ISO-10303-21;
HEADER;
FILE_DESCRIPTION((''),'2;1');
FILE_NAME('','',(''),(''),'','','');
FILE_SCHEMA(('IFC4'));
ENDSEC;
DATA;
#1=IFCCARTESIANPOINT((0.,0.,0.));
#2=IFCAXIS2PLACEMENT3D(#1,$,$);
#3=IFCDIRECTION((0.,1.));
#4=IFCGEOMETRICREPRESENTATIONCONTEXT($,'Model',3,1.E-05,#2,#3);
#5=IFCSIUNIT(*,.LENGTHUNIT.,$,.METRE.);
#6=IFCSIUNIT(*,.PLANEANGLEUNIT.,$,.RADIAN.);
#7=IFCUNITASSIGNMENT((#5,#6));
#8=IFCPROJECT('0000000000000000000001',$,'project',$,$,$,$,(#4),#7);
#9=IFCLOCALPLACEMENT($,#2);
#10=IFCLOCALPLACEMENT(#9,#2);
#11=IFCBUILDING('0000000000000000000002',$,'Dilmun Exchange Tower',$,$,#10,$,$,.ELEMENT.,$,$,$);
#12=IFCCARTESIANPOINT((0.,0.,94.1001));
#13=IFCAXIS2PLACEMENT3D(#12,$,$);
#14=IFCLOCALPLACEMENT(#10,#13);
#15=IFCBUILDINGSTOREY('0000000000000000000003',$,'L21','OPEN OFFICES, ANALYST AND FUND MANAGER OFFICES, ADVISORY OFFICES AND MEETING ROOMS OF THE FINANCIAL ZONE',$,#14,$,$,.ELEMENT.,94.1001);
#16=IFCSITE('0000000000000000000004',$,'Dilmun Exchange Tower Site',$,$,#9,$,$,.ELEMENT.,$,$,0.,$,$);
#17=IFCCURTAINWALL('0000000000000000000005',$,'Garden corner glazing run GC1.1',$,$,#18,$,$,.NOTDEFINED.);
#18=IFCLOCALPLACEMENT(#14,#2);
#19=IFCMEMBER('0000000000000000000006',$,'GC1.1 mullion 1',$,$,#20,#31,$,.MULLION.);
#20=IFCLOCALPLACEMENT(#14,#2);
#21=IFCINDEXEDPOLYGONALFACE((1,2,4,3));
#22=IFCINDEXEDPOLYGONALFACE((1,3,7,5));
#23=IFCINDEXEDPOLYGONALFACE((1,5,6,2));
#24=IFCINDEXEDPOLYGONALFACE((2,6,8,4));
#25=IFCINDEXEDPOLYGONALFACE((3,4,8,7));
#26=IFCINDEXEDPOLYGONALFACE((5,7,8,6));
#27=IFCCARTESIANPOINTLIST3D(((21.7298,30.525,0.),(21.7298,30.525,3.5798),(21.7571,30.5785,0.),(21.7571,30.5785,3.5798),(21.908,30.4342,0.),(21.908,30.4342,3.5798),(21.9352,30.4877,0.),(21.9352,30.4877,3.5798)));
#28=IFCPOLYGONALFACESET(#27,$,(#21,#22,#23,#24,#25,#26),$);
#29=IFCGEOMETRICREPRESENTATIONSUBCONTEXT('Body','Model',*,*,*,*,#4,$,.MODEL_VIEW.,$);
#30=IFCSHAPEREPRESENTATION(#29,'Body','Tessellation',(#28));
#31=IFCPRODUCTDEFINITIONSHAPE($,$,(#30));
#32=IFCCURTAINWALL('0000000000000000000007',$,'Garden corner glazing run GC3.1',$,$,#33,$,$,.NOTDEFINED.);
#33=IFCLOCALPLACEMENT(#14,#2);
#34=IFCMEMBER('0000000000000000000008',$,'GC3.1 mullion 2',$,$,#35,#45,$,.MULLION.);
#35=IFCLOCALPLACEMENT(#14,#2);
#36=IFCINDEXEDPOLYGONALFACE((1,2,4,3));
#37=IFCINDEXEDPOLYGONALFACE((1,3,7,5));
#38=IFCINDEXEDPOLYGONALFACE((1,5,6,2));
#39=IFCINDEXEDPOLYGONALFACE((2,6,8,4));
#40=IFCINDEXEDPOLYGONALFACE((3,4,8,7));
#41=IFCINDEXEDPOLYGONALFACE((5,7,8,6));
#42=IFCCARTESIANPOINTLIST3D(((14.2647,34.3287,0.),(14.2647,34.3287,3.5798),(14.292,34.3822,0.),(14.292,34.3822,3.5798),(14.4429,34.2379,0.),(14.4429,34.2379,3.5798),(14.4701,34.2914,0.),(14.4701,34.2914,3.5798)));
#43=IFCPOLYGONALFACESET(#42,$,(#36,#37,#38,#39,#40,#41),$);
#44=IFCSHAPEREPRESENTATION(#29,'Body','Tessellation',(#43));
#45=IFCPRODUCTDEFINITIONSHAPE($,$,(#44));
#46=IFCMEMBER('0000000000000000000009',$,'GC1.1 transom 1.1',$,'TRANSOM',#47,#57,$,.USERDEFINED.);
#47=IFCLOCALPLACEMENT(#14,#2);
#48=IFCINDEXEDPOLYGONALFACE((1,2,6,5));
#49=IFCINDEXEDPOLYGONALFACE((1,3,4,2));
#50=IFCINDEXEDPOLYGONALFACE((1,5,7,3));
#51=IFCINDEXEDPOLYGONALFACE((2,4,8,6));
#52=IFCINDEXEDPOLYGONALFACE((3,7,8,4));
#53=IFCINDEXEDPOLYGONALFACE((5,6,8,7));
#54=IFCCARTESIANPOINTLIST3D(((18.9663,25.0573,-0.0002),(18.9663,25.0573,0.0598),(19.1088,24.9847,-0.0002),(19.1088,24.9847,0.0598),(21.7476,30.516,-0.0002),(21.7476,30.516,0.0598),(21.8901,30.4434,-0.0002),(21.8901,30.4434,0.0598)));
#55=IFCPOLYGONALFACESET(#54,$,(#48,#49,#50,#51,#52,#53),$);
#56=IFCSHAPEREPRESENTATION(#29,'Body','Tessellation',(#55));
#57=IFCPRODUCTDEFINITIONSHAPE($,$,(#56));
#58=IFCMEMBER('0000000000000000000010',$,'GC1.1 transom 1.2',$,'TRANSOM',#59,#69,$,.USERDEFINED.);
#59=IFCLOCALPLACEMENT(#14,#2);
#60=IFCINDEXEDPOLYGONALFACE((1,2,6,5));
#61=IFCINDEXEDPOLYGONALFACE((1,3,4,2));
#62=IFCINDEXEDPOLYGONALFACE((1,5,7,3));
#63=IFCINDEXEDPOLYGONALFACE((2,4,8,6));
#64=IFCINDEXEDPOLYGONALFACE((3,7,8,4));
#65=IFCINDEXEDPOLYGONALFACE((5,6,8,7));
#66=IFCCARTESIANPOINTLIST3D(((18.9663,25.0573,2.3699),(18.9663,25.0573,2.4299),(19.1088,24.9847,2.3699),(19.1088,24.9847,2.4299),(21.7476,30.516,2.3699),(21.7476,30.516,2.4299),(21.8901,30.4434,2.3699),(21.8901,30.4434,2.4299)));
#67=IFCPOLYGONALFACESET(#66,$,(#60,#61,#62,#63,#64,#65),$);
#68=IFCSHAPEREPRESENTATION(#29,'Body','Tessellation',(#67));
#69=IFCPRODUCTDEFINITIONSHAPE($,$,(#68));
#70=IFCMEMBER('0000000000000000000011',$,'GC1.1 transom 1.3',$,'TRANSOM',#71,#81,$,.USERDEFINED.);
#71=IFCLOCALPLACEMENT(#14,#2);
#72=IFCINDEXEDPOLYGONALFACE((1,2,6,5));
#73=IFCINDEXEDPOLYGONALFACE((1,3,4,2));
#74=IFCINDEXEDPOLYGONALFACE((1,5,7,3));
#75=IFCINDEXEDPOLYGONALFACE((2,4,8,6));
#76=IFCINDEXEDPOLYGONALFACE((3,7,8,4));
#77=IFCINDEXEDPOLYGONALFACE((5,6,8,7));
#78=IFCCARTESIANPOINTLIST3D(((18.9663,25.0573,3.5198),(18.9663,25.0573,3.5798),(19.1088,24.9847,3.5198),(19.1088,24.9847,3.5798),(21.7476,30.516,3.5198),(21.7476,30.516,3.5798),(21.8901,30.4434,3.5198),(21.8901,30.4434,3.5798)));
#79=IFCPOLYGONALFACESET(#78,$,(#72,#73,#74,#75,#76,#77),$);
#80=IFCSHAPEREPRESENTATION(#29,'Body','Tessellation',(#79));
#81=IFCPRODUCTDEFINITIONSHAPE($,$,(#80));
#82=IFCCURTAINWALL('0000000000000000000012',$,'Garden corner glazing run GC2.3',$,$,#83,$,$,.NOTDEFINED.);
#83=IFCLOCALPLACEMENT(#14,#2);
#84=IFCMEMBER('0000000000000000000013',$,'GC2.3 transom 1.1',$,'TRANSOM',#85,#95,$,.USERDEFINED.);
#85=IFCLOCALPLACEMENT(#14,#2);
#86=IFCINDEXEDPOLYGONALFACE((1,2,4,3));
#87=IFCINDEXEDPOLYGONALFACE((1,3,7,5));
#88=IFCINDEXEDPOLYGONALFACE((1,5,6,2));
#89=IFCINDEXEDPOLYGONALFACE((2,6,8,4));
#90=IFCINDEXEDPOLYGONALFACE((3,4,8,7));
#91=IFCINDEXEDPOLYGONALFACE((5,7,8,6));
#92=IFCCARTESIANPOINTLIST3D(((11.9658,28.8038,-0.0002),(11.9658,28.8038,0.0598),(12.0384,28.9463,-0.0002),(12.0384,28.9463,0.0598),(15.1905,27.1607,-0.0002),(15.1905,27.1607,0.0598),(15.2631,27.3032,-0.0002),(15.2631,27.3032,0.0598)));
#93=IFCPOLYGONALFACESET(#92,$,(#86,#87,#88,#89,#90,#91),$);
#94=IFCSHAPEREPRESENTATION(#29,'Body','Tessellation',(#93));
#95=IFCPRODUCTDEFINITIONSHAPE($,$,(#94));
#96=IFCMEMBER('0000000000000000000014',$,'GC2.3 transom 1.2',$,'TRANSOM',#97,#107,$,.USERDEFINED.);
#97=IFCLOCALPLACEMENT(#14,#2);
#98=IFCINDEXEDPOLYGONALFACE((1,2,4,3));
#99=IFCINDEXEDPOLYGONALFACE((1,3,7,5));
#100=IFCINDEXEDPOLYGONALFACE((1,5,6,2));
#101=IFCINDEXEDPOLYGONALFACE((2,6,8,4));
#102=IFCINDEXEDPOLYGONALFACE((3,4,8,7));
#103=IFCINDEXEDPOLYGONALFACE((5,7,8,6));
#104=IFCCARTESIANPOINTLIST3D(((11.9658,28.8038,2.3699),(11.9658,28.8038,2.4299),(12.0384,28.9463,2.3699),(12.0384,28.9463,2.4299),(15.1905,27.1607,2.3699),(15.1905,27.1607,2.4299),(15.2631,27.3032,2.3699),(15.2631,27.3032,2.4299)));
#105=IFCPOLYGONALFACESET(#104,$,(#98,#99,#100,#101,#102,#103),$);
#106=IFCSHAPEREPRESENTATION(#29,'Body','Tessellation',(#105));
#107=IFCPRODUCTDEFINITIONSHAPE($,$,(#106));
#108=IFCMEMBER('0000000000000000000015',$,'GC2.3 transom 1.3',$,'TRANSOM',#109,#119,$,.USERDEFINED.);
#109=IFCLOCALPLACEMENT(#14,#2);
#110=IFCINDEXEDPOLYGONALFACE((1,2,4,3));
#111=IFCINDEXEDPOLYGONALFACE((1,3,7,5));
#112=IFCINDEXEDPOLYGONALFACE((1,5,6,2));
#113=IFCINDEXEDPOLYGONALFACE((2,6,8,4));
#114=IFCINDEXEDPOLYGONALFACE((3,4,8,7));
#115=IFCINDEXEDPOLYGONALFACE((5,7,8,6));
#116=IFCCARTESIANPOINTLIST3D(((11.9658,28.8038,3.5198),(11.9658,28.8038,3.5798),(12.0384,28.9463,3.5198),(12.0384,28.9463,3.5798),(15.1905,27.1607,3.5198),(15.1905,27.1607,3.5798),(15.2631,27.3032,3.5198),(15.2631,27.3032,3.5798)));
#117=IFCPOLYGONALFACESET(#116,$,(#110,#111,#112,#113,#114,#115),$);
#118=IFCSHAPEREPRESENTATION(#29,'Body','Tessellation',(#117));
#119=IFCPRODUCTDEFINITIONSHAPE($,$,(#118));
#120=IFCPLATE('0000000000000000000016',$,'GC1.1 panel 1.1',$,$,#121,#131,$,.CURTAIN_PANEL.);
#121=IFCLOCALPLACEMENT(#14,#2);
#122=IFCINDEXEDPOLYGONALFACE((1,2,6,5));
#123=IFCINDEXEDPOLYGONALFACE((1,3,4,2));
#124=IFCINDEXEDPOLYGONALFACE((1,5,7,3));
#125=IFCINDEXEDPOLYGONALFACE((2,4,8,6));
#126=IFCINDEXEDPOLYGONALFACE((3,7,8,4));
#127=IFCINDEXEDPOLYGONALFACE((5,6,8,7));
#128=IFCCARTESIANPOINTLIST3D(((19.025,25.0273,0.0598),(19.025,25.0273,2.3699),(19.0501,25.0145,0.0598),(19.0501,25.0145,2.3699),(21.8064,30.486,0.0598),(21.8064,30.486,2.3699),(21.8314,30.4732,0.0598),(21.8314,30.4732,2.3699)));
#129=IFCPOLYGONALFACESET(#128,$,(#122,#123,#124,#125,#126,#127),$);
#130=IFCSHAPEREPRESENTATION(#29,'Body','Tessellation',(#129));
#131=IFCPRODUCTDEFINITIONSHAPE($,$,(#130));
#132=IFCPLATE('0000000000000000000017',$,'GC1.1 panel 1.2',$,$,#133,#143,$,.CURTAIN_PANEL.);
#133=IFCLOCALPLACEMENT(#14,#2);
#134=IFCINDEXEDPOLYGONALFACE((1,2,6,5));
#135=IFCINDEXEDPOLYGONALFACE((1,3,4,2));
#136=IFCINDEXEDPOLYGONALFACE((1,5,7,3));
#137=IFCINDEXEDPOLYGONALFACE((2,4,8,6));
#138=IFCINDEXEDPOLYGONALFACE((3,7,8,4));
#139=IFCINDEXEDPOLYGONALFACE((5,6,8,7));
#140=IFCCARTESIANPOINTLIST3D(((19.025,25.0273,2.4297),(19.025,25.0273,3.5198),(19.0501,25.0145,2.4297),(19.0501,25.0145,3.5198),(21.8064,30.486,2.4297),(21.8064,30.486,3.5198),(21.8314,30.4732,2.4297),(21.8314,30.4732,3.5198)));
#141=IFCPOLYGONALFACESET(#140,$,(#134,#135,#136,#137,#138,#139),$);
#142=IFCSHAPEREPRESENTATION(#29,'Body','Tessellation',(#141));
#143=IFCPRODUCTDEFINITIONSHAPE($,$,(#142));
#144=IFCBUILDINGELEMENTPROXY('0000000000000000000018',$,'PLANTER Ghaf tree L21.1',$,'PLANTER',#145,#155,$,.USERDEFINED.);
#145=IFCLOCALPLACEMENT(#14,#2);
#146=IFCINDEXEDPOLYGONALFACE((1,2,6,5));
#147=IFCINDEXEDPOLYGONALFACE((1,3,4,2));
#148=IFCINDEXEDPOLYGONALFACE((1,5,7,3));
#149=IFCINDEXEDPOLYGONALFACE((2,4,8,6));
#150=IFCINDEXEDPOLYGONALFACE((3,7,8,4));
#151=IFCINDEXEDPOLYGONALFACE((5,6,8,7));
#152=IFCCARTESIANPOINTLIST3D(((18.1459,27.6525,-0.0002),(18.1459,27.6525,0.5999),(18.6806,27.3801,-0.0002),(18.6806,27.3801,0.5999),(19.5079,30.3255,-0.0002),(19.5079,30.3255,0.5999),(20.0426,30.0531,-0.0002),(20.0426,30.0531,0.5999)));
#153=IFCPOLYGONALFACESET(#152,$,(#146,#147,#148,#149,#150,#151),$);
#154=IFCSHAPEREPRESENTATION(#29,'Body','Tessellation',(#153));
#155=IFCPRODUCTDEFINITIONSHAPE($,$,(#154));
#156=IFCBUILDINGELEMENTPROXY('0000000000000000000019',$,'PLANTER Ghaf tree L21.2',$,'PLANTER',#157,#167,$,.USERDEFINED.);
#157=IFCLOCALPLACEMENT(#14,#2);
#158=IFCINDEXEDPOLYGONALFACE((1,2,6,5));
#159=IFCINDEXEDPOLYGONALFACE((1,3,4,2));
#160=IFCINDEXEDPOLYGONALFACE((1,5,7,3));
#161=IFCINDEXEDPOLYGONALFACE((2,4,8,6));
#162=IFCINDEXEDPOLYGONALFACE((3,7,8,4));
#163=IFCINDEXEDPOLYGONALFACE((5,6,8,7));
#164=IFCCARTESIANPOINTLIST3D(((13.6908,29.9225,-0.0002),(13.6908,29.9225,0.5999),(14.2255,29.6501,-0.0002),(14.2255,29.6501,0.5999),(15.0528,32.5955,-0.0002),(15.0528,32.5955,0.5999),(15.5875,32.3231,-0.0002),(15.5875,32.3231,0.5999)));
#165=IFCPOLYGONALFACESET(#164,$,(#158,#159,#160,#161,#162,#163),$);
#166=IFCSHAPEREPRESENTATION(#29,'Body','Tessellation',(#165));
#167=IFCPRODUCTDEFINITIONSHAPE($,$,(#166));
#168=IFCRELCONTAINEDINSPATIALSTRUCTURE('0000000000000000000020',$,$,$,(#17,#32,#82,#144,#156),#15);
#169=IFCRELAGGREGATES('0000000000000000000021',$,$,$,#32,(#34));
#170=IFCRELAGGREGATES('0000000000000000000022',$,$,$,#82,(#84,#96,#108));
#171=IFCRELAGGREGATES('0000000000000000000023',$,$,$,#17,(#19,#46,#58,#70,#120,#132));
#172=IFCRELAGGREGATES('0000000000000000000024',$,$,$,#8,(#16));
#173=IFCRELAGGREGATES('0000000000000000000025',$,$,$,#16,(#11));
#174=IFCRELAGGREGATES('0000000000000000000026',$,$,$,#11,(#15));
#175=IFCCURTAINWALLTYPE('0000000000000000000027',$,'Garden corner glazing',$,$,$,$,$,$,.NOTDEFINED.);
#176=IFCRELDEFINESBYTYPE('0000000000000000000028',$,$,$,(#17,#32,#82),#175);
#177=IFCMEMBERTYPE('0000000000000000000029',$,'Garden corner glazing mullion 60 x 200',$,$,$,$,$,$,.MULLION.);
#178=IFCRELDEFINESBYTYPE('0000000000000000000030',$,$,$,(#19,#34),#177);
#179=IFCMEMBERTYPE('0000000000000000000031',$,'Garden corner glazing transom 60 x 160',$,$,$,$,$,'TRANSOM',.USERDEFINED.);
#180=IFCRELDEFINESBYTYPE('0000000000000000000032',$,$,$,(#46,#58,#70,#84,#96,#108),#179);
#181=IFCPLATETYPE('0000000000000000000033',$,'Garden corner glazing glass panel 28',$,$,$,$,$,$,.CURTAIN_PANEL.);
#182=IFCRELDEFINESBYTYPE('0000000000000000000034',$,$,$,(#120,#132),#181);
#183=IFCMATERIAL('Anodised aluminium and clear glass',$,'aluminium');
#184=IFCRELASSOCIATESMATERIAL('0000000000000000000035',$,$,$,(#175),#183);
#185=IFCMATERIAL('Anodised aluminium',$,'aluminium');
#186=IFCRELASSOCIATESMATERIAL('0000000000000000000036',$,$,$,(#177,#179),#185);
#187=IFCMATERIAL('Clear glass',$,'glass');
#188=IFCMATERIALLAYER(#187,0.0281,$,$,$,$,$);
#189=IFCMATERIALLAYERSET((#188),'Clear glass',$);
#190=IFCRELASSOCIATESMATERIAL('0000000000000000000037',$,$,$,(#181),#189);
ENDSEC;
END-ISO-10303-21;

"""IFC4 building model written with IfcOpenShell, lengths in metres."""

from ifc_helpers import new_model, si_unit, direction, frame, origin, origin_2d, place, context, subcontext, project, spatial, rectangle, extrude, material, layer, layer_set, material_profile, profile_set, type_object, element, aggregate, save


model = new_model("IFC4")

# Units and contexts
model_context = context("Model", 3, precision=1e-05, world=origin(), true_north=direction((0.0, 1.0)))
body_context = subcontext(model_context, "Body", "Model", "MODEL_VIEW")
ifc_project = project(units=[si_unit("LENGTHUNIT", "METRE"), si_unit("PLANEANGLEUNIT", "RADIAN")], contexts=[model_context])

# Site, building, storey
site_placement = place(None, origin())
site = spatial("IfcSite", under=ifc_project, at=site_placement, Name="Dilmun Exchange Tower Site", CompositionType="ELEMENT", RefElevation=0.0)
building_placement = place(site_placement, origin())
building = spatial("IfcBuilding", under=site, at=building_placement, Name="Dilmun Exchange Tower", CompositionType="ELEMENT")
storey_placement = place(building_placement, frame((0.0, 0.0, 94.1001)))
storey = spatial("IfcBuildingStorey", under=building, at=storey_placement, Name="L21", Description="OPEN OFFICES, ANALYST AND FUND MANAGER OFFICES, ADVISORY OFFICES AND MEETING ROOMS OF THE FINANCIAL ZONE", CompositionType="ELEMENT", Elevation=94.1001)

# Curtain walls, members
ifc_material_1 = material(Name="Anodised aluminium and clear glass", Category="aluminium")
curtain_wall_type = type_object("IfcCurtainWallType", Name="Garden corner glazing", PredefinedType="NOTDEFINED", material=ifc_material_1)
curtain_wall_1_placement = place(storey_placement, origin())
curtain_wall_1 = element("IfcCurtainWall", 1, at=curtain_wall_1_placement, inside=storey, type_object=curtain_wall_type, Name="Garden corner glazing run GC1.1", PredefinedType="NOTDEFINED")
ifc_material_2 = material(Name="Anodised aluminium", Category="aluminium")
ifc_material_profile_1 = material_profile(ifc_material_2, rectangle(XDim=0.2, YDim=0.0601, at=origin_2d()), Name="AL 60x200")
ifc_profile_set_1 = profile_set([ifc_material_profile_1], Name="Anodised aluminium")
member_type_1 = type_object("IfcMemberType", Name="Garden corner glazing mullion 60 x 200", PredefinedType="MULLION", material=ifc_profile_set_1)
member_1_placement = place(storey_placement, frame((21.8325, 30.5063, 0.0), z_axis=(0.0, 0.0, 1.0), x_axis=(0.891007, -0.453989, 0.0)))
member_1 = element("IfcMember", 2, at=member_1_placement, type_object=member_type_1, Name="GC1.1 mullion 1", PredefinedType="MULLION", context=body_context, shape_type="SweptSolid", body=[
    extrude(rectangle(XDim=0.2, YDim=0.0601, at=origin_2d()), origin(), (0.0, 0.0, 1.0), 3.5798),
])
curtain_wall_2_placement = place(storey_placement, origin())
curtain_wall_2 = element("IfcCurtainWall", 3, at=curtain_wall_2_placement, inside=storey, type_object=curtain_wall_type, Name="Garden corner glazing run GC3.1", PredefinedType="NOTDEFINED")
member_2_placement = place(storey_placement, frame((14.3674, 34.3101, 0.0), z_axis=(0.0, 0.0, 1.0), x_axis=(-0.891007, 0.453989, 0.0)))
member_2 = element("IfcMember", 4, at=member_2_placement, type_object=member_type_1, Name="GC3.1 mullion 2", PredefinedType="MULLION", context=body_context, shape_type="SweptSolid", body=[
    extrude(rectangle(XDim=0.2, YDim=0.0601, at=origin_2d()), origin(), (0.0, 0.0, 1.0), 3.5798),
])
aggregate(curtain_wall_2, [member_2])

# Members
ifc_material_profile_2 = material_profile(ifc_material_2, rectangle(XDim=0.1599, YDim=0.0601, at=origin_2d()), Name="AL 60x160")
ifc_profile_set_2 = profile_set([ifc_material_profile_2], Name="Anodised aluminium")
member_type_2 = type_object("IfcMemberType", Name="Garden corner glazing transom 60 x 160", ElementType="TRANSOM", PredefinedType="USERDEFINED", material=ifc_profile_set_2)
member_3_placement = place(storey_placement, frame((21.8188, 30.4797, 0.0298), z_axis=(-0.453975, -0.891014, 0.0), x_axis=(0.891014, -0.453975, 0.0)))
member_3 = element("IfcMember", 5, at=member_3_placement, type_object=member_type_2, Name="GC1.1 transom 1.1", ObjectType="TRANSOM", PredefinedType="USERDEFINED", context=body_context, shape_type="SweptSolid", body=[
    extrude(rectangle(XDim=0.1599, YDim=0.0601, at=origin_2d()), origin(), (0.0, 0.0, 1.0), 6.1265),
])
member_4_placement = place(storey_placement, frame((21.8188, 30.4797, 2.3999), z_axis=(-0.453975, -0.891014, 0.0), x_axis=(0.891014, -0.453975, 0.0)))
member_4 = element("IfcMember", 6, at=member_4_placement, type_object=member_type_2, Name="GC1.1 transom 1.2", ObjectType="TRANSOM", PredefinedType="USERDEFINED", context=body_context, shape_type="SweptSolid", body=[
    extrude(rectangle(XDim=0.1599, YDim=0.0601, at=origin_2d()), origin(), (0.0, 0.0, 1.0), 6.1265),
])
member_5_placement = place(storey_placement, frame((21.8188, 30.4797, 3.5498), z_axis=(-0.453975, -0.891014, 0.0), x_axis=(0.891014, -0.453975, 0.0)))
member_5 = element("IfcMember", 7, at=member_5_placement, type_object=member_type_2, Name="GC1.1 transom 1.3", ObjectType="TRANSOM", PredefinedType="USERDEFINED", context=body_context, shape_type="SweptSolid", body=[
    extrude(rectangle(XDim=0.1599, YDim=0.0601, at=origin_2d()), origin(), (0.0, 0.0, 1.0), 6.1265),
])

# Curtain wall, members
curtain_wall_3_placement = place(storey_placement, origin())
curtain_wall_3 = element("IfcCurtainWall", 8, at=curtain_wall_3_placement, inside=storey, type_object=curtain_wall_type, Name="Garden corner glazing run GC2.3", PredefinedType="NOTDEFINED")
member_6_placement = place(storey_placement, frame((15.2268, 27.2319, 0.0298), z_axis=(-0.891001, 0.454001, 0.0), x_axis=(-0.454001, -0.891001, 0.0)))
member_6 = element("IfcMember", 9, at=member_6_placement, type_object=member_type_2, Name="GC2.3 transom 1.1", ObjectType="TRANSOM", PredefinedType="USERDEFINED", context=body_context, shape_type="SweptSolid", body=[
    extrude(rectangle(XDim=0.1599, YDim=0.0601, at=origin_2d()), origin(), (0.0, 0.0, 1.0), 3.6191),
])
member_7_placement = place(storey_placement, frame((15.2268, 27.2319, 2.3999), z_axis=(-0.891001, 0.454001, 0.0), x_axis=(-0.454001, -0.891001, 0.0)))
member_7 = element("IfcMember", 10, at=member_7_placement, type_object=member_type_2, Name="GC2.3 transom 1.2", ObjectType="TRANSOM", PredefinedType="USERDEFINED", context=body_context, shape_type="SweptSolid", body=[
    extrude(rectangle(XDim=0.1599, YDim=0.0601, at=origin_2d()), origin(), (0.0, 0.0, 1.0), 3.6191),
])
member_8_placement = place(storey_placement, frame((15.2268, 27.2319, 3.5498), z_axis=(-0.891001, 0.454001, 0.0), x_axis=(-0.454001, -0.891001, 0.0)))
member_8 = element("IfcMember", 11, at=member_8_placement, type_object=member_type_2, Name="GC2.3 transom 1.3", ObjectType="TRANSOM", PredefinedType="USERDEFINED", context=body_context, shape_type="SweptSolid", body=[
    extrude(rectangle(XDim=0.1599, YDim=0.0601, at=origin_2d()), origin(), (0.0, 0.0, 1.0), 3.6191),
])
aggregate(curtain_wall_3, [member_6, member_7, member_8])

# Plates
ifc_material_3 = material(Name="Clear glass", Category="glass")
ifc_layer_1 = layer(ifc_material_3, 0.0281)
ifc_layer_set_1 = layer_set([ifc_layer_1], Name="Clear glass")
plate_type = type_object("IfcPlateType", Name="Garden corner glazing glass panel 28", PredefinedType="CURTAIN_PANEL", material=ifc_layer_set_1)
plate_1_placement = place(storey_placement, frame((20.4282, 27.7502, 0.0598), z_axis=(0.0, 0.0, 1.0), x_axis=(-0.453989, -0.891007, 0.0)))
plate_1 = element("IfcPlate", 12, at=plate_1_placement, type_object=plate_type, Name="GC1.1 panel 1.1", PredefinedType="CURTAIN_PANEL", context=body_context, shape_type="SweptSolid", body=[
    extrude(rectangle(XDim=6.1265, YDim=0.0281, at=origin_2d()), origin(), (0.0, 0.0, 1.0), 2.3101),
])
plate_2_placement = place(storey_placement, frame((20.4282, 27.7502, 2.4297), z_axis=(0.0, 0.0, 1.0), x_axis=(-0.453989, -0.891007, 0.0)))
plate_2 = element("IfcPlate", 13, at=plate_2_placement, type_object=plate_type, Name="GC1.1 panel 1.2", PredefinedType="CURTAIN_PANEL", context=body_context, shape_type="SweptSolid", body=[
    extrude(rectangle(XDim=6.1265, YDim=0.0281, at=origin_2d()), origin(), (0.0, 0.0, 1.0), 1.0901),
])
aggregate(curtain_wall_1, [member_1, member_3, member_4, member_5, plate_1, plate_2])

# Building element proxies
for number, where, z_axis, x_axis, name in (
    (14, (19.0942, 28.8528, -0.0002), (0.0, 0.0, 1.0), (0.45399, 0.891007, 0.0), "PLANTER Ghaf tree L21.1"),
    (15, (14.6392, 31.1228, -0.0002), (0.0, 0.0, 1.0), (0.45399, 0.891007, 0.0), "PLANTER Ghaf tree L21.2"),
):
    element("IfcBuildingElementProxy", number, at=place(storey_placement, frame(where, z_axis=z_axis, x_axis=x_axis)), inside=storey, Name=name, ObjectType="PLANTER", PredefinedType="USERDEFINED", context=body_context, shape_type="SweptSolid", body=[
        extrude(rectangle(XDim=3.0, YDim=0.6001, at=origin_2d()), origin(), (0.0, 0.0, 1.0), 0.6001),
    ])

save(model, "model.ifc")
